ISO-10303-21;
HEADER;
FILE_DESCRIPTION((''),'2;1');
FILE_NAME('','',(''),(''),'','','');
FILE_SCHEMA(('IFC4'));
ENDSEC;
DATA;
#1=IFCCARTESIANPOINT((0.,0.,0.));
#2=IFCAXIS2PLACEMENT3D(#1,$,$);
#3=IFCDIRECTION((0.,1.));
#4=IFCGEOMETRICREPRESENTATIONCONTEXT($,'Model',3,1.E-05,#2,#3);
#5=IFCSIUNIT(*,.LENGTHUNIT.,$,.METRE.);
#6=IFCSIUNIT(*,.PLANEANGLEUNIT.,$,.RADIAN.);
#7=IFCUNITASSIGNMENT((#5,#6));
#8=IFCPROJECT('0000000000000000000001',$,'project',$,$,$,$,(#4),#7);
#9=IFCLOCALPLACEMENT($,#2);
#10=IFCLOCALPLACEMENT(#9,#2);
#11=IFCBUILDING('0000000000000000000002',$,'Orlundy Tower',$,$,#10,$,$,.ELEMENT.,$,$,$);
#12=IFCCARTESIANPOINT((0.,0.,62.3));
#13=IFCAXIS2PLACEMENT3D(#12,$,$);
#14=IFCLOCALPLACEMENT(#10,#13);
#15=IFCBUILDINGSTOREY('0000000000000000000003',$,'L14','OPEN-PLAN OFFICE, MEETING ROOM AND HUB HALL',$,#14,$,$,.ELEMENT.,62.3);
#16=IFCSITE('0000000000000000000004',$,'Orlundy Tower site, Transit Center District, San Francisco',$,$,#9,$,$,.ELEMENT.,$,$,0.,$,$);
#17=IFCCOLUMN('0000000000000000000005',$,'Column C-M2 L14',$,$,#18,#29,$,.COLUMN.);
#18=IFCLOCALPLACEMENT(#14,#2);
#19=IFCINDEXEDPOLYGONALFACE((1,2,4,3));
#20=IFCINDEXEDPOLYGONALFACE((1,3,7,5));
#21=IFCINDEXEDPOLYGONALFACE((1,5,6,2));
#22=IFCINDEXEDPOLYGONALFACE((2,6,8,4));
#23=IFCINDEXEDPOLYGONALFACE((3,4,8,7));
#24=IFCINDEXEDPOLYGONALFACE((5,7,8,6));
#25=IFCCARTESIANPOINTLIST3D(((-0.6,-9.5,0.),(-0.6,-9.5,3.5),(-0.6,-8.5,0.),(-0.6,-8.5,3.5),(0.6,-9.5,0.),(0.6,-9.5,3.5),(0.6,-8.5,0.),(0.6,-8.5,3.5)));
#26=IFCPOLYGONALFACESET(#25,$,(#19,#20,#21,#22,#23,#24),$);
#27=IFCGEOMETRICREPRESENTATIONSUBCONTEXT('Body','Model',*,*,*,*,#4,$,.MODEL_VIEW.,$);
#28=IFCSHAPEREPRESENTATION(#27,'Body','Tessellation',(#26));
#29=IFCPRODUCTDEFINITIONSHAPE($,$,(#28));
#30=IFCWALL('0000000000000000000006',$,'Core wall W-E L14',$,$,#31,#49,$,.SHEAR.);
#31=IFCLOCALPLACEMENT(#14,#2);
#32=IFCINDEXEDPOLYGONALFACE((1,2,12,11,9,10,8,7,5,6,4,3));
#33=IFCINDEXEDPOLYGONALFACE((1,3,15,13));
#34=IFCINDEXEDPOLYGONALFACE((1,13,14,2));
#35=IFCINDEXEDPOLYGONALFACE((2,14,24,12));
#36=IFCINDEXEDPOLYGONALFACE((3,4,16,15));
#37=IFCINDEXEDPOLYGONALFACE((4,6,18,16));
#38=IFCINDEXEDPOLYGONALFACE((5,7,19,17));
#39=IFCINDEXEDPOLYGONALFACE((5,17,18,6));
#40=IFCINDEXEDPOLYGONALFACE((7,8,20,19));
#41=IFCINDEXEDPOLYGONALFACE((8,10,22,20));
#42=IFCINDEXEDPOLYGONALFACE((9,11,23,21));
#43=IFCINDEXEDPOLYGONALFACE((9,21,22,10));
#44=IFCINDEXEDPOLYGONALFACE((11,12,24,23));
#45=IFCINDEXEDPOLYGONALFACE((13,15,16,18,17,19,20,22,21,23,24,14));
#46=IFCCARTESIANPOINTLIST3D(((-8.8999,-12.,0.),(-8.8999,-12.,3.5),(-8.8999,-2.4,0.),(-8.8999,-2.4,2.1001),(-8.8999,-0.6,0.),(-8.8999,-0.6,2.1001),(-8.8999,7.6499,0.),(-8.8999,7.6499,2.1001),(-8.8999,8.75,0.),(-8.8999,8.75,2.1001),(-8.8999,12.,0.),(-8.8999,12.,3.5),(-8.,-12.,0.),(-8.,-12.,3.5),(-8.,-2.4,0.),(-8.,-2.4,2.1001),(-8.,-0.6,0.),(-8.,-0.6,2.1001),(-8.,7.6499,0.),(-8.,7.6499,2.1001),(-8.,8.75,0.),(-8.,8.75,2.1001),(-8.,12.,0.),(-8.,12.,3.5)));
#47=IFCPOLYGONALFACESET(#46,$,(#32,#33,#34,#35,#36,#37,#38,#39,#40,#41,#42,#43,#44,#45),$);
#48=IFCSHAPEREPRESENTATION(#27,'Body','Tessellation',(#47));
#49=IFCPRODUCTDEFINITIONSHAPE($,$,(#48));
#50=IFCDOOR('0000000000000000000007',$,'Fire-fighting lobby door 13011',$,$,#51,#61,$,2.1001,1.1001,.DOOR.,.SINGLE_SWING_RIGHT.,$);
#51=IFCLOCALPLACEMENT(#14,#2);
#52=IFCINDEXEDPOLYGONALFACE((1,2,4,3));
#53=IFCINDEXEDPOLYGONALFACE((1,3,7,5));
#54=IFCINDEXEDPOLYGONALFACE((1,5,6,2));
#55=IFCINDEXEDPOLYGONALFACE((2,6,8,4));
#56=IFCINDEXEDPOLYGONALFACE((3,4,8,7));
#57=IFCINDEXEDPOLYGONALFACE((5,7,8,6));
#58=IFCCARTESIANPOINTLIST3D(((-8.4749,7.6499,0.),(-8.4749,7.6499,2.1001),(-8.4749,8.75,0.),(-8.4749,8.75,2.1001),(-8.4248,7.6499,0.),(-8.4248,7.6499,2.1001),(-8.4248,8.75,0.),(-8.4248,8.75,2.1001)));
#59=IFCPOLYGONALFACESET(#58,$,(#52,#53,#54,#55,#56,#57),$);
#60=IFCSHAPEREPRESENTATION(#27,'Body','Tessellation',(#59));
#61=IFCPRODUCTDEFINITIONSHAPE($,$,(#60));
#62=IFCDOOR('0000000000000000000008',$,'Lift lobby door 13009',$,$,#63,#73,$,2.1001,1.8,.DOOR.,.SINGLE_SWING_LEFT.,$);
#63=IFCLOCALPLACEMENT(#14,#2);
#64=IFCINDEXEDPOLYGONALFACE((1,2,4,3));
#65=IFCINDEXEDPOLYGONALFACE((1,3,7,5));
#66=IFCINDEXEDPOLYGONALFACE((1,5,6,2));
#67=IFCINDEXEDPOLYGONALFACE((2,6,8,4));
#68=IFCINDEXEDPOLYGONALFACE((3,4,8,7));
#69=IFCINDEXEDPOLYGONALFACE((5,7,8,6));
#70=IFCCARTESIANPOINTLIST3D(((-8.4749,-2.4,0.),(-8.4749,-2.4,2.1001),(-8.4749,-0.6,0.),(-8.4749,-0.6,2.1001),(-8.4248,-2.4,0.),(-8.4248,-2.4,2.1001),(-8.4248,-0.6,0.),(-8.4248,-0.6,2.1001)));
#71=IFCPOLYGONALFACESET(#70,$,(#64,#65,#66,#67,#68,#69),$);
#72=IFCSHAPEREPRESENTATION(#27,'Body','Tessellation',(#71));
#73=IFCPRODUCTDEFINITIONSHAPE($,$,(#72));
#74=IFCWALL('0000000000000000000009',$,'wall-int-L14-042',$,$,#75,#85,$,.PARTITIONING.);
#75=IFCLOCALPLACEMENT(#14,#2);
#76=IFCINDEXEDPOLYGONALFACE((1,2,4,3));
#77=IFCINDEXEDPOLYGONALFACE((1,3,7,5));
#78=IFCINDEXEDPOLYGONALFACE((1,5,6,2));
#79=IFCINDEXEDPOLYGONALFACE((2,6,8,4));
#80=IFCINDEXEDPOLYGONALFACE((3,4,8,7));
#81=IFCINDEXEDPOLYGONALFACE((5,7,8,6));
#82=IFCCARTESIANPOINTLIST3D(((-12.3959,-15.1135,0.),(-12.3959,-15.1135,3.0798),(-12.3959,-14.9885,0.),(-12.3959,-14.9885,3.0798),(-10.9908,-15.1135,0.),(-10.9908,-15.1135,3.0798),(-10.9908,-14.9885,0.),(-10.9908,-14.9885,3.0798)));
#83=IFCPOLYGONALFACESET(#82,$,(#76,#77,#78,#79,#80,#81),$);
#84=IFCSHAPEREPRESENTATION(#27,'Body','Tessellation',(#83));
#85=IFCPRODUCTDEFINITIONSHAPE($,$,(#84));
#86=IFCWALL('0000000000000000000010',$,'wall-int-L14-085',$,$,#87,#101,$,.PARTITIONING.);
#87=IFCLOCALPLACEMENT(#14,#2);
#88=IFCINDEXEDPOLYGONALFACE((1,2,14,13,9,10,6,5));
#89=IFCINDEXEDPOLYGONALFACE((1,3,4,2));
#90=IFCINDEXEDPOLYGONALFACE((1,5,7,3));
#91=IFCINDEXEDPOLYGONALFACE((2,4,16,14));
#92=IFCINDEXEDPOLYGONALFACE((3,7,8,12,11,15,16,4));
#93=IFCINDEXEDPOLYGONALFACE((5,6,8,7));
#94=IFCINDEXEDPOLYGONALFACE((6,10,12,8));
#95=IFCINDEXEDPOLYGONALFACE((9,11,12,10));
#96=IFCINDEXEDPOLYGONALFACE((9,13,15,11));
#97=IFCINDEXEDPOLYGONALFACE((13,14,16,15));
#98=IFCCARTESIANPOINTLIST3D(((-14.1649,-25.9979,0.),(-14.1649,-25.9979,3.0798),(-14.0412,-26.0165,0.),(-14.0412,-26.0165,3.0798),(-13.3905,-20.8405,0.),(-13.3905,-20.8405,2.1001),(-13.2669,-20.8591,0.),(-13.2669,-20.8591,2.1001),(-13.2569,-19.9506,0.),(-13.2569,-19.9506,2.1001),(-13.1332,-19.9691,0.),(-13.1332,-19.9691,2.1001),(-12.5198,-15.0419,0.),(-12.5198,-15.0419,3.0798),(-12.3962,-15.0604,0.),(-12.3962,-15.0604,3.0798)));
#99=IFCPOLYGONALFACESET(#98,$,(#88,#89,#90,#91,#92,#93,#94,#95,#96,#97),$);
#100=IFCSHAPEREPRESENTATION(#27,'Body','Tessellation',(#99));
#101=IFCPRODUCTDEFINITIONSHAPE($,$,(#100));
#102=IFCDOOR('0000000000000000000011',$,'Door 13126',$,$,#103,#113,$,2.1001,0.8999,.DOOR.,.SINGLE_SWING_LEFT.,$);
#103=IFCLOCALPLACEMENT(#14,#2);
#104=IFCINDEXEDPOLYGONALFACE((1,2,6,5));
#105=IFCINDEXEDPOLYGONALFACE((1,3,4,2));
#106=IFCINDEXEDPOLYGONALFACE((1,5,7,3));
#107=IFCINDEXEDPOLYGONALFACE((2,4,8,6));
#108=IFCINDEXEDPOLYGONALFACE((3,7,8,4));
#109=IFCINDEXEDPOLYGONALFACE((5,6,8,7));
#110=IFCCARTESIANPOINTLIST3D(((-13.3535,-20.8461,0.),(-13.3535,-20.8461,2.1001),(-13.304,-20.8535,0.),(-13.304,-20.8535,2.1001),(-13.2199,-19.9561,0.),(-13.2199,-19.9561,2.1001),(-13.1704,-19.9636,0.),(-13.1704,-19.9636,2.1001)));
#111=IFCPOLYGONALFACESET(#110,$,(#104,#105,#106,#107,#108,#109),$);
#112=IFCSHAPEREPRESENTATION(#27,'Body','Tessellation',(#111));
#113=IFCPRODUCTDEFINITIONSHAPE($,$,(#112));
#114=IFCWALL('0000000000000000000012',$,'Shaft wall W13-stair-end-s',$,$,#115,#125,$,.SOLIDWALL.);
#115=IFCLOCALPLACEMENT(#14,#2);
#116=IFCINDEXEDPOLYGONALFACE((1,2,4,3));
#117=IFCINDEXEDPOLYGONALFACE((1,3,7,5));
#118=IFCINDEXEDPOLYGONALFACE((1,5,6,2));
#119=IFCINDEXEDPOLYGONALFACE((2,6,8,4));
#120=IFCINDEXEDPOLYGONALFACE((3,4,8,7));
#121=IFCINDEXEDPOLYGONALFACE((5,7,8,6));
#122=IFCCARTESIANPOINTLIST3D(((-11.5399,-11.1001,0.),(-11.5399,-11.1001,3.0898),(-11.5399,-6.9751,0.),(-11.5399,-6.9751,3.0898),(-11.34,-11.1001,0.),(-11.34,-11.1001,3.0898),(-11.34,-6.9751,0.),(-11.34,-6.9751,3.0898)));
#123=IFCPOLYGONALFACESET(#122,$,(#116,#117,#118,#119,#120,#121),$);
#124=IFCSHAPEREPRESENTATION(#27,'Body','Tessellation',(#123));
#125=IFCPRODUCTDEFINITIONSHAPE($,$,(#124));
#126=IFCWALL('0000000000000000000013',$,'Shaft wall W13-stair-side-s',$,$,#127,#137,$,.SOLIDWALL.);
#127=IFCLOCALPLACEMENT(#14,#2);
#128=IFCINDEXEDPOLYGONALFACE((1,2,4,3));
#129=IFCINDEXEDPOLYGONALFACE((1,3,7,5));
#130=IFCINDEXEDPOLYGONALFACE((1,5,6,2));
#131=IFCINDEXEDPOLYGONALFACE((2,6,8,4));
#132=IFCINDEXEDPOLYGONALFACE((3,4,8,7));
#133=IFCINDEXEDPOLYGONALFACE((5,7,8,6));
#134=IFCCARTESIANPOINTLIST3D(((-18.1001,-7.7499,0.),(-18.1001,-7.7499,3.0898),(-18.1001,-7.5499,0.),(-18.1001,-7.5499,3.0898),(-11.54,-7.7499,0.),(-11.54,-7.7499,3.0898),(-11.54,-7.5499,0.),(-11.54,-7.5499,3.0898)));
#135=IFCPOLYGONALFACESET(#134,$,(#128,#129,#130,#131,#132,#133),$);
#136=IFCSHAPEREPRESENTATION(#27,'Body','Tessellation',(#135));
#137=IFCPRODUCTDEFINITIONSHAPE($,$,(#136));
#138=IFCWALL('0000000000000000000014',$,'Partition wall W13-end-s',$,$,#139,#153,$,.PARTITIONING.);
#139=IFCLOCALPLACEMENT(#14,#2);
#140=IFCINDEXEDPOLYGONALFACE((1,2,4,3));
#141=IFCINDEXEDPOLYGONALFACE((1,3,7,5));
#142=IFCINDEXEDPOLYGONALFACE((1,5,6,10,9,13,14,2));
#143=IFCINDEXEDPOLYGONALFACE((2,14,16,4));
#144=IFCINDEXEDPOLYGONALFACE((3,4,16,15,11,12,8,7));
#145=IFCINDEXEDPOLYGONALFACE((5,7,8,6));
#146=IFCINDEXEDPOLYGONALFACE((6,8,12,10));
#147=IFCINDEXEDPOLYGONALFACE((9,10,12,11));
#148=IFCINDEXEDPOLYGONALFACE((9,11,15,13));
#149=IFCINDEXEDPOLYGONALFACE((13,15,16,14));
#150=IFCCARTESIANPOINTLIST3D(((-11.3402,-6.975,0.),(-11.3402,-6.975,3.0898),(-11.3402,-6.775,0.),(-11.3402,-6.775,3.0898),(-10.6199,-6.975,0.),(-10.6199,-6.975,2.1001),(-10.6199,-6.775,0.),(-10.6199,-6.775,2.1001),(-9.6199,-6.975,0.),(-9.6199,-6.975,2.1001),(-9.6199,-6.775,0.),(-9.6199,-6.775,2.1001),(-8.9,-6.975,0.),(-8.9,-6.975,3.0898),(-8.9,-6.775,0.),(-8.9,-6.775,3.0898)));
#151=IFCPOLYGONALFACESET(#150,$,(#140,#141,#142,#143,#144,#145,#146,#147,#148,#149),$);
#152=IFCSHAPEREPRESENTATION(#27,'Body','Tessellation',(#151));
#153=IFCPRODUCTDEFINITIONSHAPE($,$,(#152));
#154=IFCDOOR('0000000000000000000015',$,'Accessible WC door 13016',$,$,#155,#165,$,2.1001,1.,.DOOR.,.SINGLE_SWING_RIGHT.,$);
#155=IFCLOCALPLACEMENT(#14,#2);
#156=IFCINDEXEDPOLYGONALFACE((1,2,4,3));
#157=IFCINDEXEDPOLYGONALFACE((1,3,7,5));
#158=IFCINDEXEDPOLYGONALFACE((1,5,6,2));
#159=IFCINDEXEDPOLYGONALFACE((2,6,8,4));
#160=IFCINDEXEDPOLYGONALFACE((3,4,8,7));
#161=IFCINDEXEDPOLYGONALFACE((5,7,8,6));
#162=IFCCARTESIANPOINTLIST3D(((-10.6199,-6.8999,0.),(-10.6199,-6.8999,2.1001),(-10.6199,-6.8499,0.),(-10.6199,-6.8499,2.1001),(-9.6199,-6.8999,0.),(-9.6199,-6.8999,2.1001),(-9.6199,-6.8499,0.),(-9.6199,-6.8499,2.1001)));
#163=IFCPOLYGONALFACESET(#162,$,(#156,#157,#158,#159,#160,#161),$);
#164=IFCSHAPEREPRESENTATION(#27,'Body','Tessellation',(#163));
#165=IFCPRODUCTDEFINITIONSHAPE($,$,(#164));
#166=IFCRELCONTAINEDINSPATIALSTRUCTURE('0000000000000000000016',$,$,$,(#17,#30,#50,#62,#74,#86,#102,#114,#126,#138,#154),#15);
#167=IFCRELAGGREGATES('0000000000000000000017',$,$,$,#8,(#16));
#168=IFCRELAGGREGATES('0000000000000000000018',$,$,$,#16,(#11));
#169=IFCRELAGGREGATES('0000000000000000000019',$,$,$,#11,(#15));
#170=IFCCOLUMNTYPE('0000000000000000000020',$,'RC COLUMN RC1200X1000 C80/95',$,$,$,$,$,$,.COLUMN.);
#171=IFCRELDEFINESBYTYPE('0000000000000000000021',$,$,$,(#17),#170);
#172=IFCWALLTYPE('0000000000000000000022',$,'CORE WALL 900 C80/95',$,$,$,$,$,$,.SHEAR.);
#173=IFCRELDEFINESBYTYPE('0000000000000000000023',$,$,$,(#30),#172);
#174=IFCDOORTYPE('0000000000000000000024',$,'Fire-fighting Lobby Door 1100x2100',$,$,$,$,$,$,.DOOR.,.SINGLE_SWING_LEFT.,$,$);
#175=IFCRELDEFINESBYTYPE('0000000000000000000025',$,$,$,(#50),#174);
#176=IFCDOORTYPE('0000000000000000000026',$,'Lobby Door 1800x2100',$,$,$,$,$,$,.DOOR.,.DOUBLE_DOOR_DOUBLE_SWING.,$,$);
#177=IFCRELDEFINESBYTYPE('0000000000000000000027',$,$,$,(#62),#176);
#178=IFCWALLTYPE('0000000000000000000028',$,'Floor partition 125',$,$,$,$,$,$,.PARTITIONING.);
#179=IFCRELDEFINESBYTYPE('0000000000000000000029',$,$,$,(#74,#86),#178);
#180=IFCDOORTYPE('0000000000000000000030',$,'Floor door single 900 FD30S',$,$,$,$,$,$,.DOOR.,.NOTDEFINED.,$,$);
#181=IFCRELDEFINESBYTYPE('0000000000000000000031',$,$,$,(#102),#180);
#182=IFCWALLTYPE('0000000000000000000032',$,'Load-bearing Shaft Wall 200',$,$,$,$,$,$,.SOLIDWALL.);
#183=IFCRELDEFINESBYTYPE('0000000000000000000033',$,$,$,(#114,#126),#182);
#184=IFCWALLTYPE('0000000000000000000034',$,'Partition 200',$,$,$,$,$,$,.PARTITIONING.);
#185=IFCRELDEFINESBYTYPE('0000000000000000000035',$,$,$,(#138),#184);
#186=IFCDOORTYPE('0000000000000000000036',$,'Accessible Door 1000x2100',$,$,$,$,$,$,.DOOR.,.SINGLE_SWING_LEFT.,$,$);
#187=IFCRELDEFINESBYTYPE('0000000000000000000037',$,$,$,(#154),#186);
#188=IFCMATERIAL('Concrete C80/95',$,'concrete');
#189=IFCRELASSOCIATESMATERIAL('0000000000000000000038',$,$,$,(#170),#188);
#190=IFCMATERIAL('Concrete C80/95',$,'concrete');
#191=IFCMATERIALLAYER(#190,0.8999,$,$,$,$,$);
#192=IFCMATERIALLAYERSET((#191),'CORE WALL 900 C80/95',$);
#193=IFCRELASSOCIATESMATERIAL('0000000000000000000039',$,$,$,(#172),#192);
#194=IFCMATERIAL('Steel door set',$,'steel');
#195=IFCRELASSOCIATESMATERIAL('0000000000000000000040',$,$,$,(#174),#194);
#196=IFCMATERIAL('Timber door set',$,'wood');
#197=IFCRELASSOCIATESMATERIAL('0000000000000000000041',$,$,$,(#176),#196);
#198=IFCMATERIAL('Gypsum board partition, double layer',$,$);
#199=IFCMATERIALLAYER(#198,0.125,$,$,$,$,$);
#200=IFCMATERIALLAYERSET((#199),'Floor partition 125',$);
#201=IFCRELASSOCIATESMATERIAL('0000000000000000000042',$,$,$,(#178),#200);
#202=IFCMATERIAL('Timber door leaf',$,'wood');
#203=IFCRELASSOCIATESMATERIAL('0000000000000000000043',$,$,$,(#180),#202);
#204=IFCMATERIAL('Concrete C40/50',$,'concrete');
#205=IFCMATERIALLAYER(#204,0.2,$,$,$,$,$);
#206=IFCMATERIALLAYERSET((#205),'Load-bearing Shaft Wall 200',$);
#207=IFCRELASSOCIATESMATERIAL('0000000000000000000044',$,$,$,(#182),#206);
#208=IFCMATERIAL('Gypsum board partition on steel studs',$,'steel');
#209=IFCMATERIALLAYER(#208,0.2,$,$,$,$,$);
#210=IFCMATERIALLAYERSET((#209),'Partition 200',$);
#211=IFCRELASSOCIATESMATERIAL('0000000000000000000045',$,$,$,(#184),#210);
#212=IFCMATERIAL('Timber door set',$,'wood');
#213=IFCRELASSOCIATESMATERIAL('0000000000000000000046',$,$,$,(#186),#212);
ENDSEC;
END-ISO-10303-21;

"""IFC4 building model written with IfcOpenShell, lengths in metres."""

from ifc_helpers import new_model, si_unit, direction, frame, frame_2d, origin, origin_2d, place, context, subcontext, project, spatial, rectangle, extrude, material, layer, layer_set, material_profile, profile_set, type_object, element, fill, save


model = new_model("IFC4")

# Units and contexts
model_context = context("Model", 3, precision=1e-05, world=origin(), true_north=direction((0.0, 1.0)))
body_context = subcontext(model_context, "Body", "Model", "MODEL_VIEW")
ifc_project = project(units=[si_unit("LENGTHUNIT", "METRE"), si_unit("PLANEANGLEUNIT", "RADIAN")], contexts=[model_context])

# Site, building, storey
site_placement = place(None, origin())
site = spatial("IfcSite", under=ifc_project, at=site_placement, Name="Orlundy Tower site, Transit Center District, San Francisco", CompositionType="ELEMENT", RefElevation=0.0)
building_placement = place(site_placement, origin())
building = spatial("IfcBuilding", under=site, at=building_placement, Name="Orlundy Tower", CompositionType="ELEMENT")
storey_placement = place(building_placement, frame((0.0, 0.0, 62.3)))
storey = spatial("IfcBuildingStorey", under=building, at=storey_placement, Name="L14", Description="OPEN-PLAN OFFICE, MEETING ROOM AND HUB HALL", CompositionType="ELEMENT", Elevation=62.3)

# Column
ifc_material_1 = material(Name="Concrete C80/95", Category="concrete")
ifc_material_profile = material_profile(ifc_material_1, rectangle(XDim=1.2, YDim=1.0, at=origin_2d()), Name="RC1200X1000")
ifc_profile_set = profile_set([ifc_material_profile], Name="Concrete C80/95")
column_type = type_object("IfcColumnType", Name="RC COLUMN RC1200X1000 C80/95", PredefinedType="COLUMN", material=ifc_profile_set)
column_placement = place(storey_placement, frame((0.0, -9.0, 0.0), z_axis=(0.0, 0.0, 1.0), x_axis=(1.0, 0.0, 0.0)))
element("IfcColumn", 1, at=column_placement, inside=storey, type_object=column_type, Name="Column C-M2 L14", PredefinedType="COLUMN", context=body_context, shape_type="SweptSolid", body=[
    extrude(rectangle(XDim=1.2, YDim=1.0, at=origin_2d()), origin(), (0.0, 0.0, 1.0), 3.5),
])

# Wall, openings, doors
ifc_material_2 = material(Name="Concrete C80/95", Category="concrete")
ifc_layer_1 = layer(ifc_material_2, 0.8999)
ifc_layer_set_1 = layer_set([ifc_layer_1], Name="CORE WALL 900 C80/95")
wall_type_1 = type_object("IfcWallType", Name="CORE WALL 900 C80/95", PredefinedType="SHEAR", material=ifc_layer_set_1)
wall_1_placement = place(storey_placement, frame((-8.45, -12.0, 0.0), z_axis=(0.0, 0.0, 1.0), x_axis=(0.0, 1.0, 0.0)))
wall_1 = element("IfcWall", 2, at=wall_1_placement, inside=storey, type_object=wall_type_1, Name="Core wall W-E L14", PredefinedType="SHEAR", context=body_context, shape_type="SweptSolid", body=[
    extrude(rectangle(XDim=24.0, YDim=0.8999, at=frame_2d((12.0, 0.0))), origin(), (0.0, 0.0, 1.0), 3.5),
])
opening_1_placement = place(wall_1_placement, frame((9.6001, 0.0, 0.0)))
opening_1 = element("IfcOpeningElement", 3, at=opening_1_placement, cuts=wall_1, PredefinedType="OPENING", context=body_context, shape_type="SweptSolid", body=[
    extrude(rectangle(XDim=1.8, YDim=2.1001, at=frame_2d((0.8999, 1.05))), frame((0.0, 0.46, 0.0), z_axis=(0.0, -1.0, 0.0), x_axis=(1.0, 0.0, 0.0)), (0.0, 0.0, 1.0), 0.9199),
])
opening_2_placement = place(wall_1_placement, frame((19.6499, 0.0, 0.0)))
opening_2 = element("IfcOpeningElement", 4, at=opening_2_placement, cuts=wall_1, PredefinedType="OPENING", context=body_context, shape_type="SweptSolid", body=[
    extrude(rectangle(XDim=1.1001, YDim=2.1001, at=frame_2d((0.55, 1.05))), frame((0.0, 0.46, 0.0), z_axis=(0.0, -1.0, 0.0), x_axis=(1.0, 0.0, 0.0)), (0.0, 0.0, 1.0), 0.9199),
])
ifc_material_3 = material(Name="Steel door set", Category="steel")
door_type_1 = type_object("IfcDoorType", Name="Fire-fighting Lobby Door 1100x2100", OperationType="SINGLE_SWING_LEFT", PredefinedType="DOOR", material=ifc_material_3)
door_1_placement = place(opening_2_placement, origin())
door_1 = element("IfcDoor", 5, at=door_1_placement, inside=storey, type_object=door_type_1, Name="Fire-fighting lobby door 13011", OperationType="SINGLE_SWING_RIGHT", OverallHeight=2.1001, OverallWidth=1.1001, PredefinedType="DOOR", context=body_context, shape_type="SweptSolid", body=[
    extrude(rectangle(XDim=1.1001, YDim=2.1001, at=frame_2d((0.55, 1.05))), frame((0.0, 0.0249, 0.0), z_axis=(0.0, -1.0, 0.0), x_axis=(1.0, 0.0, 0.0)), (0.0, 0.0, 1.0), 0.05),
])
fill(opening_2, door_1)
ifc_material_4 = material(Name="Timber door set", Category="wood")
door_type_2 = type_object("IfcDoorType", Name="Lobby Door 1800x2100", OperationType="DOUBLE_DOOR_DOUBLE_SWING", PredefinedType="DOOR", material=ifc_material_4)
door_2_placement = place(opening_1_placement, origin())
door_2 = element("IfcDoor", 6, at=door_2_placement, inside=storey, type_object=door_type_2, Name="Lift lobby door 13009", OperationType="SINGLE_SWING_LEFT", OverallHeight=2.1001, OverallWidth=1.8, PredefinedType="DOOR", context=body_context, shape_type="SweptSolid", body=[
    extrude(rectangle(XDim=1.8, YDim=2.1001, at=frame_2d((0.8999, 1.05))), frame((0.0, 0.0249, 0.0), z_axis=(0.0, -1.0, 0.0), x_axis=(1.0, 0.0, 0.0)), (0.0, 0.0, 1.0), 0.05),
])
fill(opening_1, door_2)

# Wall
ifc_material_5 = material(Name="Gypsum board partition, double layer")
ifc_layer_2 = layer(ifc_material_5, 0.125)
ifc_layer_set_2 = layer_set([ifc_layer_2], Name="Floor partition 125")
wall_type_2 = type_object("IfcWallType", Name="Floor partition 125", PredefinedType="PARTITIONING", material=ifc_layer_set_2)
wall_2_placement = place(storey_placement, frame((-12.396, -15.051, 0.0), z_axis=(0.0, 0.0, 1.0), x_axis=(1.0, 0.0, 0.0)))
element("IfcWall", 7, at=wall_2_placement, inside=storey, type_object=wall_type_2, Name="wall-int-L14-042", PredefinedType="PARTITIONING", context=body_context, shape_type="SweptSolid", body=[
    extrude(rectangle(XDim=1.405, YDim=0.125, at=frame_2d((0.7026, 0.0))), origin(), (0.0, 0.0, 1.0), 3.0798),
])

# Wall, opening, door
wall_3_placement = place(storey_placement, frame((-12.458, -15.051, 0.0), z_axis=(0.0, 0.0, 1.0), x_axis=(-0.148483, -0.988915, 0.0)))
wall_3 = element("IfcWall", 8, at=wall_3_placement, inside=storey, type_object=wall_type_2, Name="wall-int-L14-085", PredefinedType="PARTITIONING", context=body_context, shape_type="SweptSolid", body=[
    extrude(rectangle(XDim=11.0789, YDim=0.125, at=frame_2d((5.5396, 0.0))), origin(), (0.0, 0.0, 1.0), 3.0798),
])
opening_3_placement = place(wall_3_placement, frame((4.9639, 0.0, 0.0)))
opening_3 = element("IfcOpeningElement", 9, at=opening_3_placement, cuts=wall_3, PredefinedType="OPENING", context=body_context, shape_type="SweptSolid", body=[
    extrude(rectangle(XDim=0.8999, YDim=2.1001, at=frame_2d((0.45, 1.05))), frame((0.0, 0.0725, 0.0), z_axis=(0.0, -1.0, 0.0), x_axis=(1.0, 0.0, 0.0)), (0.0, 0.0, 1.0), 0.145),
])
ifc_material_6 = material(Name="Timber door leaf", Category="wood")
door_type_3 = type_object("IfcDoorType", Name="Floor door single 900 FD30S", OperationType="NOTDEFINED", PredefinedType="DOOR", material=ifc_material_6)
door_3_placement = place(opening_3_placement, origin())
door_3 = element("IfcDoor", 10, at=door_3_placement, inside=storey, type_object=door_type_3, Name="Door 13126", OperationType="SINGLE_SWING_LEFT", OverallHeight=2.1001, OverallWidth=0.8999, PredefinedType="DOOR", context=body_context, shape_type="SweptSolid", body=[
    extrude(rectangle(XDim=0.8999, YDim=2.1001, at=frame_2d((0.45, 1.05))), frame((0.0, 0.0249, 0.0), z_axis=(0.0, -1.0, 0.0), x_axis=(1.0, 0.0, 0.0)), (0.0, 0.0, 1.0), 0.05),
])
fill(opening_3, door_3)

# Walls
ifc_material_7 = material(Name="Concrete C40/50", Category="concrete")
ifc_layer_3 = layer(ifc_material_7, 0.2)
ifc_layer_set_3 = layer_set([ifc_layer_3], Name="Load-bearing Shaft Wall 200")
wall_type_3 = type_object("IfcWallType", Name="Load-bearing Shaft Wall 200", PredefinedType="SOLIDWALL", material=ifc_layer_set_3)
wall_4_placement = place(storey_placement, frame((-11.4399, -11.1001, 0.0), z_axis=(0.0, 0.0, 1.0), x_axis=(0.0, 1.0, 0.0)))
element("IfcWall", 11, at=wall_4_placement, inside=storey, type_object=wall_type_3, Name="Shaft wall W13-stair-end-s", PredefinedType="SOLIDWALL", context=body_context, shape_type="SweptSolid", body=[
    extrude(rectangle(XDim=4.125, YDim=0.2, at=frame_2d((2.0625, 0.0))), origin(), (0.0, 0.0, 1.0), 3.0898),
])
wall_5_placement = place(storey_placement, frame((-11.54, -7.6499, 0.0), z_axis=(0.0, 0.0, 1.0), x_axis=(-1.0, 0.0, 0.0)))
element("IfcWall", 12, at=wall_5_placement, inside=storey, type_object=wall_type_3, Name="Shaft wall W13-stair-side-s", PredefinedType="SOLIDWALL", context=body_context, shape_type="SweptSolid", body=[
    extrude(rectangle(XDim=6.5601, YDim=0.2, at=frame_2d((3.28, 0.0))), origin(), (0.0, 0.0, 1.0), 3.0898),
])

# Wall, opening, door
ifc_material_8 = material(Name="Gypsum board partition on steel studs", Category="steel")
ifc_layer_4 = layer(ifc_material_8, 0.2)
ifc_layer_set_4 = layer_set([ifc_layer_4], Name="Partition 200")
wall_type_4 = type_object("IfcWallType", Name="Partition 200", PredefinedType="PARTITIONING", material=ifc_layer_set_4)
wall_6_placement = place(storey_placement, frame((-8.8999, -6.875, 0.0), z_axis=(0.0, 0.0, 1.0), x_axis=(-1.0, 0.0, 0.0)))
wall_6 = element("IfcWall", 13, at=wall_6_placement, inside=storey, type_object=wall_type_4, Name="Partition wall W13-end-s", PredefinedType="PARTITIONING", context=body_context, shape_type="SweptSolid", body=[
    extrude(rectangle(XDim=2.4402, YDim=0.2, at=frame_2d((1.2202, 0.0))), origin(), (0.0, 0.0, 1.0), 3.0898),
])
opening_4_placement = place(wall_6_placement, frame((0.72, 0.0, 0.0)))
opening_4 = element("IfcOpeningElement", 14, at=opening_4_placement, cuts=wall_6, PredefinedType="OPENING", context=body_context, shape_type="SweptSolid", body=[
    extrude(rectangle(XDim=1.0, YDim=2.1001, at=frame_2d((0.5, 1.05))), frame((0.0, 0.1101, 0.0), z_axis=(0.0, -1.0, 0.0), x_axis=(1.0, 0.0, 0.0)), (0.0, 0.0, 1.0), 0.2202),
])
ifc_material_9 = material(Name="Timber door set", Category="wood")
door_type_4 = type_object("IfcDoorType", Name="Accessible Door 1000x2100", OperationType="SINGLE_SWING_LEFT", PredefinedType="DOOR", material=ifc_material_9)
door_4_placement = place(opening_4_placement, origin())
door_4 = element("IfcDoor", 15, at=door_4_placement, inside=storey, type_object=door_type_4, Name="Accessible WC door 13016", OperationType="SINGLE_SWING_RIGHT", OverallHeight=2.1001, OverallWidth=1.0, PredefinedType="DOOR", context=body_context, shape_type="SweptSolid", body=[
    extrude(rectangle(XDim=1.0, YDim=2.1001, at=frame_2d((0.5, 1.05))), frame((0.0, 0.0249, 0.0), z_axis=(0.0, -1.0, 0.0), x_axis=(1.0, 0.0, 0.0)), (0.0, 0.0, 1.0), 0.05),
])
fill(opening_4, door_4)

save(model, "model.ifc")
